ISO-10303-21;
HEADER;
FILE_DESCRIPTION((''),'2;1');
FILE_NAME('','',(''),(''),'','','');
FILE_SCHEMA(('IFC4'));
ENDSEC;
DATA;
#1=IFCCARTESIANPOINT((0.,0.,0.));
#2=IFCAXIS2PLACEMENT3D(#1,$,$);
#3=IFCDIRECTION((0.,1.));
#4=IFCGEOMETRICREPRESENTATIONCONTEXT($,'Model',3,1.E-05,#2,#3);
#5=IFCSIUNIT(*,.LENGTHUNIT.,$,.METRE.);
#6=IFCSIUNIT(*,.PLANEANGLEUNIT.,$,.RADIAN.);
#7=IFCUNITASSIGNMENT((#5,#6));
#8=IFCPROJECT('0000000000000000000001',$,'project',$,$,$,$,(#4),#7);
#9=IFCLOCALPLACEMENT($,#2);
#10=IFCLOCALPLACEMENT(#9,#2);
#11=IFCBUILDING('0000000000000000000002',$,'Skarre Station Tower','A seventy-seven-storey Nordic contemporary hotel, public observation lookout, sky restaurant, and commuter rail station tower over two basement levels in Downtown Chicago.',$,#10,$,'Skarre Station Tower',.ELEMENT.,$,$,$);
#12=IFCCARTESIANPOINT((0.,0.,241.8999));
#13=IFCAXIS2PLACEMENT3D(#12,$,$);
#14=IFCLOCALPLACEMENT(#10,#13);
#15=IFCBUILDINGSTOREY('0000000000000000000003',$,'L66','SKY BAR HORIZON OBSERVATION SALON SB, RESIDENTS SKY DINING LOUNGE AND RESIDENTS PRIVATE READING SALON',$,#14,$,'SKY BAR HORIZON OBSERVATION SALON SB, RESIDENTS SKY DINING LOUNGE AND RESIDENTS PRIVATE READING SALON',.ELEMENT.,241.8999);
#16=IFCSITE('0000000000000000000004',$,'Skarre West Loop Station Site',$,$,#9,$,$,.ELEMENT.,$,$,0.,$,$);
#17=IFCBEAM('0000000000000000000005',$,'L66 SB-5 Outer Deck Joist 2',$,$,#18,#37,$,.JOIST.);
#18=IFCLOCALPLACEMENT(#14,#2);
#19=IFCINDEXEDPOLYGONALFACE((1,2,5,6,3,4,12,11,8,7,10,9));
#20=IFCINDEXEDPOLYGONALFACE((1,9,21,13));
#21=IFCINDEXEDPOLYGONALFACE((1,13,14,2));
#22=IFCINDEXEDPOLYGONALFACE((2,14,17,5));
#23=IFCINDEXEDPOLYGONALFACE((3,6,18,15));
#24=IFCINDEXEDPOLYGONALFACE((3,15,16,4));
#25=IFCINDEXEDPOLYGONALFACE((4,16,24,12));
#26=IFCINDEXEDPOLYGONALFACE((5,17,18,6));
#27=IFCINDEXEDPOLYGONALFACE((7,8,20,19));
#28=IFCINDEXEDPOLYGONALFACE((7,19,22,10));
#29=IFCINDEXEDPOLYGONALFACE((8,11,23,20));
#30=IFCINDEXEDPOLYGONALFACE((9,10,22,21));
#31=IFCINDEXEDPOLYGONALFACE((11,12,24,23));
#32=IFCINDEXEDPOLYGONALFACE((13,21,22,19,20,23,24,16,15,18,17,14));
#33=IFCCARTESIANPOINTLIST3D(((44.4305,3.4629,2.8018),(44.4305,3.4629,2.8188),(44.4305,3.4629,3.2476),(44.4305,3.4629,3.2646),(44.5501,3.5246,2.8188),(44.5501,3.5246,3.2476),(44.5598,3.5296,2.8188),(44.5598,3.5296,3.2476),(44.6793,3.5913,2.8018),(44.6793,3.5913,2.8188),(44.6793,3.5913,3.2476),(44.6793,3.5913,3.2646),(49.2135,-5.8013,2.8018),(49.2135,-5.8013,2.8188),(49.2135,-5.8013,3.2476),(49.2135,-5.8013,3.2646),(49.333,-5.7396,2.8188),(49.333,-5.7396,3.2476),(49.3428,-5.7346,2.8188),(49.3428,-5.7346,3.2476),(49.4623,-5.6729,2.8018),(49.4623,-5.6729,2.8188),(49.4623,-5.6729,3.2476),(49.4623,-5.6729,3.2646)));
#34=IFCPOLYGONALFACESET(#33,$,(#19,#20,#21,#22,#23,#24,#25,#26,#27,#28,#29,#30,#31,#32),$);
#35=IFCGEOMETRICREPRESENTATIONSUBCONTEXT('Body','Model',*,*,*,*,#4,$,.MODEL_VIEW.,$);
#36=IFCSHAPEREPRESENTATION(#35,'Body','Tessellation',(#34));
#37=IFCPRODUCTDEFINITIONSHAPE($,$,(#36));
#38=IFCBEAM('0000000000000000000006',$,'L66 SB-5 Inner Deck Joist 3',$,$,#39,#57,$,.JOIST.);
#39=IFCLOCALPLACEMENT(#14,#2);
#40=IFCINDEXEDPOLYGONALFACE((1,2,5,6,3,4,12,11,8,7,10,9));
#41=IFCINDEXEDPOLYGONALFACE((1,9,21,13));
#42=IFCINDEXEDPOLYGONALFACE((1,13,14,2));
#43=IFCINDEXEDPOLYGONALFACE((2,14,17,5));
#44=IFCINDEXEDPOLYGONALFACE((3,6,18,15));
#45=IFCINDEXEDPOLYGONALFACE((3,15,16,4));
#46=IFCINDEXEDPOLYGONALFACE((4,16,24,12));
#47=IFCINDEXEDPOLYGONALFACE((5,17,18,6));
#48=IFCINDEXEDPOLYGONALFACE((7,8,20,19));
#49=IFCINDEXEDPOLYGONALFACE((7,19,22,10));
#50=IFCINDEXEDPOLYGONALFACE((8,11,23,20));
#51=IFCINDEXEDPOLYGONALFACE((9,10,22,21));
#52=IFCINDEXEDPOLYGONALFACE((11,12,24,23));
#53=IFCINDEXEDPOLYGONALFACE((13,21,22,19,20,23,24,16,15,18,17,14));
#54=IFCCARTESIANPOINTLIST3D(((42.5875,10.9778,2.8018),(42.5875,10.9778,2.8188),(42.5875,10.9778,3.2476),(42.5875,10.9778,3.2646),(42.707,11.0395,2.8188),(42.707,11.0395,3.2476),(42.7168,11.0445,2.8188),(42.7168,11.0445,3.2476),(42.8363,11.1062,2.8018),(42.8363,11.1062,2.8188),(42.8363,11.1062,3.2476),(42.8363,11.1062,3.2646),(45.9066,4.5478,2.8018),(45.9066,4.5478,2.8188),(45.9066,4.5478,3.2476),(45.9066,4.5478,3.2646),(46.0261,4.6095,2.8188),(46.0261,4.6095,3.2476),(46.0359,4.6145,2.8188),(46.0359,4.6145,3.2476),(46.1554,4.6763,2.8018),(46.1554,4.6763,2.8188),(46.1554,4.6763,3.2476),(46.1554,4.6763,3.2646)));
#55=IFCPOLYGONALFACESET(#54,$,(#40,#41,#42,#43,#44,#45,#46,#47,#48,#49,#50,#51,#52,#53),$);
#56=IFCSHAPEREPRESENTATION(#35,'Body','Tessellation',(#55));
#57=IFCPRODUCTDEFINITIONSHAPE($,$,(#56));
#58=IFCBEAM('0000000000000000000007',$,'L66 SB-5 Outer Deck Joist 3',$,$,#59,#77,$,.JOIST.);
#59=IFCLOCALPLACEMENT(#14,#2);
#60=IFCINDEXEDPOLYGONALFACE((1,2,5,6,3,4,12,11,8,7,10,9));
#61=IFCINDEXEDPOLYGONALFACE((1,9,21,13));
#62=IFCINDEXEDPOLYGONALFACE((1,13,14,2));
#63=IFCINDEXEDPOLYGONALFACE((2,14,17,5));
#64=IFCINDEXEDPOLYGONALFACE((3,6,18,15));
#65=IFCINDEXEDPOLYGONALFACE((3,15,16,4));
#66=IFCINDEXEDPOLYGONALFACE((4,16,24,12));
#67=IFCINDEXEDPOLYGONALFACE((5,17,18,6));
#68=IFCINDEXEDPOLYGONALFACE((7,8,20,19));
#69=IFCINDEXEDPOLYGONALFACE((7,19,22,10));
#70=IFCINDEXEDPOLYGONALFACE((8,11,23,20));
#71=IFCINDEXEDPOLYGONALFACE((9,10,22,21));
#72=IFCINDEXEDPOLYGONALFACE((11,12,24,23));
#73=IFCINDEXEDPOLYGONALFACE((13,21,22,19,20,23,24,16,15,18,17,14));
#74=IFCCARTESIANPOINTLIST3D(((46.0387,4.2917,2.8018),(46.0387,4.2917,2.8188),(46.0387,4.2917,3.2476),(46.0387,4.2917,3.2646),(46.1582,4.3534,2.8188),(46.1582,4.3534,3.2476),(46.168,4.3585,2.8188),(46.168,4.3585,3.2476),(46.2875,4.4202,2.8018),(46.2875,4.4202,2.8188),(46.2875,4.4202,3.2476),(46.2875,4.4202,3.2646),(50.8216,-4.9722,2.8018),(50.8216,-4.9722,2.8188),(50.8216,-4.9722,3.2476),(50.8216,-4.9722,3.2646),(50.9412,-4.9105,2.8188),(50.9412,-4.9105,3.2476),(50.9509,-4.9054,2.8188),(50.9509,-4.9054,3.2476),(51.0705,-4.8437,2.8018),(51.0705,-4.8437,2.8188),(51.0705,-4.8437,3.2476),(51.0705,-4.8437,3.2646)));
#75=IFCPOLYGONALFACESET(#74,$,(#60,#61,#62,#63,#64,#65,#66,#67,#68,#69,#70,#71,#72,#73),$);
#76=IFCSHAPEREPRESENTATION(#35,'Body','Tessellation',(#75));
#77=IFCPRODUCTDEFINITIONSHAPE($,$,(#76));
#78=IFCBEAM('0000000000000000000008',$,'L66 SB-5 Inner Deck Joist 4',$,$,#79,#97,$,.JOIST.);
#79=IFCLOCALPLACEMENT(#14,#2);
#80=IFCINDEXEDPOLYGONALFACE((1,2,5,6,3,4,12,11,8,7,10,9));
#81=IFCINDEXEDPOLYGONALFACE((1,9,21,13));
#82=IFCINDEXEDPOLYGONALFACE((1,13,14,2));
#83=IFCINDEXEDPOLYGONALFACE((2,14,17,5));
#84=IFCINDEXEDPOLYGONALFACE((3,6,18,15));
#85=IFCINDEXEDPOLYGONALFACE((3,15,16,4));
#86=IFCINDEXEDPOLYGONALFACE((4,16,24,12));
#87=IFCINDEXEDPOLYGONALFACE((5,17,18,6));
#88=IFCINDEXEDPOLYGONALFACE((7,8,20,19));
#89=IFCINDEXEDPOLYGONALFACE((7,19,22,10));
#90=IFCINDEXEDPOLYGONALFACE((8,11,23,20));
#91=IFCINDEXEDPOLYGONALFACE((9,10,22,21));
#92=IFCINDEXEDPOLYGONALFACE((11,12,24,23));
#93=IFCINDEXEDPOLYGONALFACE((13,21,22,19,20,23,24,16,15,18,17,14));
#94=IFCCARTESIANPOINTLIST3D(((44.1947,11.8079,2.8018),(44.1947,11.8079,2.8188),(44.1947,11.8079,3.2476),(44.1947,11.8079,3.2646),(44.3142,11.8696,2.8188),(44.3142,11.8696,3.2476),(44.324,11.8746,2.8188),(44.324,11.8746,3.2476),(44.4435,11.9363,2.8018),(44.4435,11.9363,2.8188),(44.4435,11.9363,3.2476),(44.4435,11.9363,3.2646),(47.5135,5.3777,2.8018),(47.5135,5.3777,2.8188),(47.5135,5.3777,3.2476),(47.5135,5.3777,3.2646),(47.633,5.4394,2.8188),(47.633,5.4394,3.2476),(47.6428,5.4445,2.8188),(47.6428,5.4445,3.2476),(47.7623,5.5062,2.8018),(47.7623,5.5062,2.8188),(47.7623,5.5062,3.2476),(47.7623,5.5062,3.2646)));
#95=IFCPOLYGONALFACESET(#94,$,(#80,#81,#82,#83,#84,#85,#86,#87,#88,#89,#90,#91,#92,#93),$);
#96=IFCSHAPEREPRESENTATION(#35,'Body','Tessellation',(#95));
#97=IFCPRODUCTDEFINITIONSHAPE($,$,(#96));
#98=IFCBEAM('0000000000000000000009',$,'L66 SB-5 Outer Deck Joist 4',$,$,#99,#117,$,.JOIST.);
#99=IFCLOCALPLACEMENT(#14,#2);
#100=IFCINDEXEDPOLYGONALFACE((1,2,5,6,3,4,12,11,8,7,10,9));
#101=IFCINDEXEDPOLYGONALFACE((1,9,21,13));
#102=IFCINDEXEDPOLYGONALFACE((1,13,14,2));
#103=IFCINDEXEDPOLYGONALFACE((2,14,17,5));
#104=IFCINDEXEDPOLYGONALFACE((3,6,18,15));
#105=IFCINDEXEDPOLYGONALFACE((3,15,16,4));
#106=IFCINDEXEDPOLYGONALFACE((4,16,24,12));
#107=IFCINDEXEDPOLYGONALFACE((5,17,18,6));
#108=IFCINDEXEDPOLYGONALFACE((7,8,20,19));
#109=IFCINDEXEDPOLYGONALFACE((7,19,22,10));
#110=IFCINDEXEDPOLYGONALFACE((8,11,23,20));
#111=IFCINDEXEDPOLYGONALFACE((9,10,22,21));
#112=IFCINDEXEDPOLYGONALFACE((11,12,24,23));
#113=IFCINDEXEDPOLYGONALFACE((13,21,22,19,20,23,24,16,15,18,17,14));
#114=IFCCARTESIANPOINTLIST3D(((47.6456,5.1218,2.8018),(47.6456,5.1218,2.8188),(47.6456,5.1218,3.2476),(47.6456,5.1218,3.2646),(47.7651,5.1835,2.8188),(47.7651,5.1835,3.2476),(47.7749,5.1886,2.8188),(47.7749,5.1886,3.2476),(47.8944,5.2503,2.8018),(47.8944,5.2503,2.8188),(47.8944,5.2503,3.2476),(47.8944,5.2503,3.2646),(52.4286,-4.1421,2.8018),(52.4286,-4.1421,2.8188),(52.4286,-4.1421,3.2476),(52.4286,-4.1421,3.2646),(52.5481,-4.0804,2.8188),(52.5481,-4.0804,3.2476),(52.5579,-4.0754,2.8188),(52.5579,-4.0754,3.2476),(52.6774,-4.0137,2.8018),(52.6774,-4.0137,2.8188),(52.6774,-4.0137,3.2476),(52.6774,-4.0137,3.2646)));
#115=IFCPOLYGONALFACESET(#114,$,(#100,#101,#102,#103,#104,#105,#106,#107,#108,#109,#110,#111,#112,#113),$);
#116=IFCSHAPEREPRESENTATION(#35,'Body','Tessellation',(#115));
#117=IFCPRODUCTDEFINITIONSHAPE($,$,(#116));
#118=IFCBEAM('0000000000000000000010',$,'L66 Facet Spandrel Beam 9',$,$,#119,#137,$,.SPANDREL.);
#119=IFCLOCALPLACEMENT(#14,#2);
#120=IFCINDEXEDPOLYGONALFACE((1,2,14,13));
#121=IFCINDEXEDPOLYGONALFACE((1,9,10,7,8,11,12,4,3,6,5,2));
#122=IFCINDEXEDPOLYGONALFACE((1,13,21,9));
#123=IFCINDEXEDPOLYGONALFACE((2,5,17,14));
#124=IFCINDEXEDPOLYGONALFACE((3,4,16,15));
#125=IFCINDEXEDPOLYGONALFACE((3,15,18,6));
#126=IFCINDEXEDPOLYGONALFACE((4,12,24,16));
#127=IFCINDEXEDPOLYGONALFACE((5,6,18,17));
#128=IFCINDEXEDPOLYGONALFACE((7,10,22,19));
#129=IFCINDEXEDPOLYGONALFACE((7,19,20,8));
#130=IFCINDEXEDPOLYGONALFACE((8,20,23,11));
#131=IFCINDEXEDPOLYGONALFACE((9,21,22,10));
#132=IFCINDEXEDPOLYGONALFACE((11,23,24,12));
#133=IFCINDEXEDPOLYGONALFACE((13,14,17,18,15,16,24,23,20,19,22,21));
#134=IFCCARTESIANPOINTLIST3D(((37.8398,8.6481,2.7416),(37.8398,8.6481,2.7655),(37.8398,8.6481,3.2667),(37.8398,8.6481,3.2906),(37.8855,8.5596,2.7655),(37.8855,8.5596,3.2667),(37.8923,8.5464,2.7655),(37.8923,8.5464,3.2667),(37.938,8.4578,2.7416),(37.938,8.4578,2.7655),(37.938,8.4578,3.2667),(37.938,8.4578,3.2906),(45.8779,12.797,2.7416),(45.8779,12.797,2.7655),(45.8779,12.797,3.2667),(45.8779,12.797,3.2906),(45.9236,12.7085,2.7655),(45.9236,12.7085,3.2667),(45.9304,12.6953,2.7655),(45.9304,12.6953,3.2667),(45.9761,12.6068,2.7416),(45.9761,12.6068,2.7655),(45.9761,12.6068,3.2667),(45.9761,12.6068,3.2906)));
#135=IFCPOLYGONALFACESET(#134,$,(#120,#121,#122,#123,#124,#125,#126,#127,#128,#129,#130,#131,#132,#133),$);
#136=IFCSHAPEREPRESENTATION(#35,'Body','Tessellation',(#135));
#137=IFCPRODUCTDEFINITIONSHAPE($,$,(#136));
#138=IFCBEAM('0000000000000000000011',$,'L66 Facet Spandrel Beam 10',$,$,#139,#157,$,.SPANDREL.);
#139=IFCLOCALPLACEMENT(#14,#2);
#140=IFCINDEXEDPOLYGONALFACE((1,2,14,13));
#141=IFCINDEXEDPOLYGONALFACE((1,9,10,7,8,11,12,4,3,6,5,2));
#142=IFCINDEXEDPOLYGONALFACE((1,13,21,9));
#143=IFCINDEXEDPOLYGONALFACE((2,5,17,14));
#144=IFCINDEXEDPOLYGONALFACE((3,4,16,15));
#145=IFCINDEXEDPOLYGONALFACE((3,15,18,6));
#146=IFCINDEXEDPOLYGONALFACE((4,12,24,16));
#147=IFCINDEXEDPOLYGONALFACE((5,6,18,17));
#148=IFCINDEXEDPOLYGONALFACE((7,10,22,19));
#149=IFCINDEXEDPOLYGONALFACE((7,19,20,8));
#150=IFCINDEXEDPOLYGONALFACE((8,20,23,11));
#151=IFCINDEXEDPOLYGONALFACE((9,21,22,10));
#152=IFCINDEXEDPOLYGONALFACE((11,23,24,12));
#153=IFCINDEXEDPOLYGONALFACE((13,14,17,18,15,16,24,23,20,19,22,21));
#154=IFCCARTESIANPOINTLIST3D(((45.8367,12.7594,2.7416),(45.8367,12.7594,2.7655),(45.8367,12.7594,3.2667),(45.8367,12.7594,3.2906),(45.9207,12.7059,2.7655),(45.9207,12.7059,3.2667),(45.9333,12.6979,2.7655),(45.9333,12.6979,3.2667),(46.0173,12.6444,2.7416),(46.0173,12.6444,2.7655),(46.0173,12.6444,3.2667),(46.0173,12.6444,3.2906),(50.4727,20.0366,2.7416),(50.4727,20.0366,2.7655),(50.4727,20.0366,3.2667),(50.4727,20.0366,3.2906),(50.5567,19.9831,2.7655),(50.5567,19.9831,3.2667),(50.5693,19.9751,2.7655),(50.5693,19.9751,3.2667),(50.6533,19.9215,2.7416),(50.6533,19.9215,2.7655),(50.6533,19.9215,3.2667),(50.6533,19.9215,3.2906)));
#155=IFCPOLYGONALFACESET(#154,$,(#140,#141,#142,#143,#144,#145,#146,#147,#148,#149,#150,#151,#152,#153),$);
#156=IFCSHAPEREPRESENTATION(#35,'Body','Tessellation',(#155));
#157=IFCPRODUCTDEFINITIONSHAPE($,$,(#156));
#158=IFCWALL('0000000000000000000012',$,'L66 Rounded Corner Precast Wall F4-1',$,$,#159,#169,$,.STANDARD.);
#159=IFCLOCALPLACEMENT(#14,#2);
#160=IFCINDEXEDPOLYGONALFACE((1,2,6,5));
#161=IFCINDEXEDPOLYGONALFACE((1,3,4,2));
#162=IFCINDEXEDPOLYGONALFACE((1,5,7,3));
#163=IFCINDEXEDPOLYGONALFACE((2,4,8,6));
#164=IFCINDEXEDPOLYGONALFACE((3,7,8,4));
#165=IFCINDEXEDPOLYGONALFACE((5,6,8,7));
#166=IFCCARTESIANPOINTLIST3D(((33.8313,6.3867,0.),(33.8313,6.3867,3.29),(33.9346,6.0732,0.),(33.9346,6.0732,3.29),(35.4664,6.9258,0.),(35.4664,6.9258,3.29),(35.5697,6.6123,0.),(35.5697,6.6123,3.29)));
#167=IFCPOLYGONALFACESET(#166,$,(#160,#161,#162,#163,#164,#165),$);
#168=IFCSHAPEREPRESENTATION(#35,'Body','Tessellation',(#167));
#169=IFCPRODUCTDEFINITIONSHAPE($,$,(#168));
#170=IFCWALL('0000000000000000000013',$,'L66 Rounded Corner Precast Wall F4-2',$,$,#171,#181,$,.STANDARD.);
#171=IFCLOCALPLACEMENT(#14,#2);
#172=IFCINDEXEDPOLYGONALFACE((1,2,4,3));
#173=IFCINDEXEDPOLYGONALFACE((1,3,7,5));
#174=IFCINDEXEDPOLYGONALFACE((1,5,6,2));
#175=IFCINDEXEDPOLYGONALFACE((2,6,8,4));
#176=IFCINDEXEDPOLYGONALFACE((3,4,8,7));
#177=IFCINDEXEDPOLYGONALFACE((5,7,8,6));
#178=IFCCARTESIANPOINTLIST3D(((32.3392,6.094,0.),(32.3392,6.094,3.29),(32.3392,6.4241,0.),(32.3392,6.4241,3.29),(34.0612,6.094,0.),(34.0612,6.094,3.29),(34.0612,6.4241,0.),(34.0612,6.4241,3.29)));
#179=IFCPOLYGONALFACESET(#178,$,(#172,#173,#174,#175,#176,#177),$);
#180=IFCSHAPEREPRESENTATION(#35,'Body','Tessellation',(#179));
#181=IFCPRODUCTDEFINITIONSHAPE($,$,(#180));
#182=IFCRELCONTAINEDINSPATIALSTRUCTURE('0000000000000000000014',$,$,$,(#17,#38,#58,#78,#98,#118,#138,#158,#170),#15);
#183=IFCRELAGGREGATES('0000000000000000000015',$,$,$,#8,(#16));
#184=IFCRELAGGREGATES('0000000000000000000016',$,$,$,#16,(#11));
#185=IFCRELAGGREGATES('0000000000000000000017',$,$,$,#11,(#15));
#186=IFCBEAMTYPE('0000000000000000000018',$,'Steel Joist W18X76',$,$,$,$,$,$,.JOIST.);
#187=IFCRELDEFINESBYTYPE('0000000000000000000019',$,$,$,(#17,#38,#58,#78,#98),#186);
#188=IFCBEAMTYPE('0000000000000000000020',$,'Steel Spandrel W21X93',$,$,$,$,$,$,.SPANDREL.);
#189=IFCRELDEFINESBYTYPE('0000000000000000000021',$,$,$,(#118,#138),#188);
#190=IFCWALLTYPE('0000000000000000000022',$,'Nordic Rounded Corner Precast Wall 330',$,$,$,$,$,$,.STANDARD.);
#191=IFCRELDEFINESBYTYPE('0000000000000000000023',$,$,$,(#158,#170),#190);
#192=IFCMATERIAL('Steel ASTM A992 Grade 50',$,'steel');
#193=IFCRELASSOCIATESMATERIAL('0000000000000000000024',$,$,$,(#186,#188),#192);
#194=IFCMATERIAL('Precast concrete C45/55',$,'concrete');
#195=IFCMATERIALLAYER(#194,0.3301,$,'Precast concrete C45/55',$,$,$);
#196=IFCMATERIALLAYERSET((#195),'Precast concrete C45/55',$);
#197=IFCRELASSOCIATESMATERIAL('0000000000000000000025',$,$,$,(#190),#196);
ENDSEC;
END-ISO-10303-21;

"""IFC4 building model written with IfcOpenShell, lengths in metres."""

from ifc_helpers import new_model, si_unit, direction, frame, frame_2d, origin, origin_2d, place, context, subcontext, project, spatial, rectangle, i_section, extrude, material, layer, layer_set, material_profile, profile_set, type_object, element, save


model = new_model("IFC4")

# Units and contexts
model_context = context("Model", 3, precision=1e-05, world=origin(), true_north=direction((0.0, 1.0)))
body_context = subcontext(model_context, "Body", "Model", "MODEL_VIEW")
ifc_project = project(units=[si_unit("LENGTHUNIT", "METRE"), si_unit("PLANEANGLEUNIT", "RADIAN")], contexts=[model_context])

# Site, building, storey
site_placement = place(None, origin())
site = spatial("IfcSite", under=ifc_project, at=site_placement, Name="Skarre West Loop Station Site", CompositionType="ELEMENT", RefElevation=0.0)
building_placement = place(site_placement, origin())
building = spatial("IfcBuilding", under=site, at=building_placement, Name="Skarre Station Tower", Description="A seventy-seven-storey Nordic contemporary hotel, public observation lookout, sky restaurant, and commuter rail station tower over two basement levels in Downtown Chicago.", LongName="Skarre Station Tower", CompositionType="ELEMENT")
storey_placement = place(building_placement, frame((0.0, 0.0, 241.8999)))
storey = spatial("IfcBuildingStorey", under=building, at=storey_placement, Name="L66", Description="SKY BAR HORIZON OBSERVATION SALON SB, RESIDENTS SKY DINING LOUNGE AND RESIDENTS PRIVATE READING SALON", LongName="SKY BAR HORIZON OBSERVATION SALON SB, RESIDENTS SKY DINING LOUNGE AND RESIDENTS PRIVATE READING SALON", CompositionType="ELEMENT", Elevation=241.8999)

# Beams
ifc_material_1 = material(Name="Steel ASTM A992 Grade 50", Category="steel")
ifc_material_profile_1 = material_profile(ifc_material_1, i_section(OverallWidth=0.28, OverallDepth=0.4629, WebThickness=0.011, FlangeThickness=0.0171, at=origin_2d()), Name="Steel ASTM A992 Grade 50")
ifc_profile_set_1 = profile_set([ifc_material_profile_1], Name="Steel ASTM A992 Grade 50")
beam_type_1 = type_object("IfcBeamType", Name="Steel Joist W18X76", PredefinedType="JOIST", material=ifc_profile_set_1)
beam_1_placement = place(storey_placement, frame((44.5549, 3.5271, 3.0332), z_axis=(0.458753, -0.888564, 0.0), x_axis=(0.888564, 0.458753, 0.0)))
element("IfcBeam", 1, at=beam_1_placement, inside=storey, type_object=beam_type_1, Name="L66 SB-5 Outer Deck Joist 2", PredefinedType="JOIST", context=body_context, shape_type="SweptSolid", body=[
    extrude(i_section(OverallWidth=0.28, OverallDepth=0.4629, WebThickness=0.011, FlangeThickness=0.0171, at=origin_2d()), origin(), (0.0, 0.0, 1.0), 10.426),
])
beam_2_placement = place(storey_placement, frame((42.7119, 11.042, 3.0332), z_axis=(0.458688, -0.888597, 0.0), x_axis=(0.888597, 0.458688, 0.0)))
element("IfcBeam", 2, at=beam_2_placement, inside=storey, type_object=beam_type_1, Name="L66 SB-5 Inner Deck Joist 3", PredefinedType="JOIST", context=body_context, shape_type="SweptSolid", body=[
    extrude(i_section(OverallWidth=0.28, OverallDepth=0.4629, WebThickness=0.011, FlangeThickness=0.0171, at=origin_2d()), origin(), (0.0, 0.0, 1.0), 7.2361),
])
beam_3_placement = place(storey_placement, frame((46.1631, 4.356, 3.0332), z_axis=(0.458763, -0.888559, 0.0), x_axis=(0.888559, 0.458763, 0.0)))
element("IfcBeam", 3, at=beam_3_placement, inside=storey, type_object=beam_type_1, Name="L66 SB-5 Outer Deck Joist 3", PredefinedType="JOIST", context=body_context, shape_type="SweptSolid", body=[
    extrude(i_section(OverallWidth=0.28, OverallDepth=0.4629, WebThickness=0.011, FlangeThickness=0.0171, at=origin_2d()), origin(), (0.0, 0.0, 1.0), 10.4258),
])
beam_4_placement = place(storey_placement, frame((44.3191, 11.8721, 3.0332), z_axis=(0.458648, -0.888618, 0.0), x_axis=(0.888618, 0.458648, 0.0)))
element("IfcBeam", 4, at=beam_4_placement, inside=storey, type_object=beam_type_1, Name="L66 SB-5 Inner Deck Joist 4", PredefinedType="JOIST", context=body_context, shape_type="SweptSolid", body=[
    extrude(i_section(OverallWidth=0.28, OverallDepth=0.4629, WebThickness=0.011, FlangeThickness=0.0171, at=origin_2d()), origin(), (0.0, 0.0, 1.0), 7.2361),
])
beam_5_placement = place(storey_placement, frame((47.77, 5.186, 3.0332), z_axis=(0.458763, -0.888559, 0.0), x_axis=(0.888559, 0.458763, 0.0)))
element("IfcBeam", 5, at=beam_5_placement, inside=storey, type_object=beam_type_1, Name="L66 SB-5 Outer Deck Joist 4", PredefinedType="JOIST", context=body_context, shape_type="SweptSolid", body=[
    extrude(i_section(OverallWidth=0.28, OverallDepth=0.4629, WebThickness=0.011, FlangeThickness=0.0171, at=origin_2d()), origin(), (0.0, 0.0, 1.0), 10.4258),
])
ifc_material_profile_2 = material_profile(ifc_material_1, i_section(OverallWidth=0.2141, OverallDepth=0.5491, WebThickness=0.0149, FlangeThickness=0.0239, at=origin_2d()), Name="Steel ASTM A992 Grade 50")
ifc_profile_set_2 = profile_set([ifc_material_profile_2], Name="Steel ASTM A992 Grade 50")
beam_type_2 = type_object("IfcBeamType", Name="Steel Spandrel W21X93", PredefinedType="SPANDREL", material=ifc_profile_set_2)
beam_6_placement = place(storey_placement, frame((37.8889, 8.553, 3.0161), z_axis=(0.88861, 0.458664, 0.0), x_axis=(-0.458664, 0.88861, 0.0)))
element("IfcBeam", 6, at=beam_6_placement, inside=storey, type_object=beam_type_2, Name="L66 Facet Spandrel Beam 9", PredefinedType="SPANDREL", context=body_context, shape_type="SweptSolid", body=[
    extrude(i_section(OverallWidth=0.2141, OverallDepth=0.5491, WebThickness=0.0149, FlangeThickness=0.0239, at=origin_2d()), origin(), (0.0, 0.0, 1.0), 9.0457),
])
beam_7_placement = place(storey_placement, frame((45.927, 12.7019, 3.0161), z_axis=(0.537297, 0.843393, 0.0), x_axis=(-0.843393, 0.537297, 0.0)))
element("IfcBeam", 7, at=beam_7_placement, inside=storey, type_object=beam_type_2, Name="L66 Facet Spandrel Beam 10", PredefinedType="SPANDREL", context=body_context, shape_type="SweptSolid", body=[
    extrude(i_section(OverallWidth=0.2141, OverallDepth=0.5491, WebThickness=0.0149, FlangeThickness=0.0239, at=origin_2d()), origin(), (0.0, 0.0, 1.0), 8.6284),
])

# Walls
ifc_material_2 = material(Name="Precast concrete C45/55", Category="concrete")
ifc_layer_1 = layer(ifc_material_2, 0.3301, Name="Precast concrete C45/55")
ifc_layer_set_1 = layer_set([ifc_layer_1], Name="Precast concrete C45/55")
wall_type_1 = type_object("IfcWallType", Name="Nordic Rounded Corner Precast Wall 330", PredefinedType="STANDARD", material=ifc_layer_set_1)
wall_1_placement = place(storey_placement, frame((35.5181, 6.769, 0.0), z_axis=(0.0, 0.0, 1.0), x_axis=(-0.949713, -0.31312, 0.0)))
element("IfcWall", 8, at=wall_1_placement, inside=storey, type_object=wall_type_1, Name="L66 Rounded Corner Precast Wall F4-1", PredefinedType="STANDARD", context=body_context, shape_type="SweptSolid", body=[
    extrude(rectangle(XDim=1.7217, YDim=0.3301, at=frame_2d((0.8608, 0.0))), origin(), (0.0, 0.0, 1.0), 3.29),
])
wall_2_placement = place(storey_placement, frame((34.061, 6.259, 0.0), z_axis=(0.0, 0.0, 1.0), x_axis=(-1.0, 0.0, 0.0)))
element("IfcWall", 9, at=wall_2_placement, inside=storey, type_object=wall_type_1, Name="L66 Rounded Corner Precast Wall F4-2", PredefinedType="STANDARD", context=body_context, shape_type="SweptSolid", body=[
    extrude(rectangle(XDim=1.7219, YDim=0.3301, at=frame_2d((0.8608, 0.0))), origin(), (0.0, 0.0, 1.0), 3.29),
])

save(model, "model.ifc")
